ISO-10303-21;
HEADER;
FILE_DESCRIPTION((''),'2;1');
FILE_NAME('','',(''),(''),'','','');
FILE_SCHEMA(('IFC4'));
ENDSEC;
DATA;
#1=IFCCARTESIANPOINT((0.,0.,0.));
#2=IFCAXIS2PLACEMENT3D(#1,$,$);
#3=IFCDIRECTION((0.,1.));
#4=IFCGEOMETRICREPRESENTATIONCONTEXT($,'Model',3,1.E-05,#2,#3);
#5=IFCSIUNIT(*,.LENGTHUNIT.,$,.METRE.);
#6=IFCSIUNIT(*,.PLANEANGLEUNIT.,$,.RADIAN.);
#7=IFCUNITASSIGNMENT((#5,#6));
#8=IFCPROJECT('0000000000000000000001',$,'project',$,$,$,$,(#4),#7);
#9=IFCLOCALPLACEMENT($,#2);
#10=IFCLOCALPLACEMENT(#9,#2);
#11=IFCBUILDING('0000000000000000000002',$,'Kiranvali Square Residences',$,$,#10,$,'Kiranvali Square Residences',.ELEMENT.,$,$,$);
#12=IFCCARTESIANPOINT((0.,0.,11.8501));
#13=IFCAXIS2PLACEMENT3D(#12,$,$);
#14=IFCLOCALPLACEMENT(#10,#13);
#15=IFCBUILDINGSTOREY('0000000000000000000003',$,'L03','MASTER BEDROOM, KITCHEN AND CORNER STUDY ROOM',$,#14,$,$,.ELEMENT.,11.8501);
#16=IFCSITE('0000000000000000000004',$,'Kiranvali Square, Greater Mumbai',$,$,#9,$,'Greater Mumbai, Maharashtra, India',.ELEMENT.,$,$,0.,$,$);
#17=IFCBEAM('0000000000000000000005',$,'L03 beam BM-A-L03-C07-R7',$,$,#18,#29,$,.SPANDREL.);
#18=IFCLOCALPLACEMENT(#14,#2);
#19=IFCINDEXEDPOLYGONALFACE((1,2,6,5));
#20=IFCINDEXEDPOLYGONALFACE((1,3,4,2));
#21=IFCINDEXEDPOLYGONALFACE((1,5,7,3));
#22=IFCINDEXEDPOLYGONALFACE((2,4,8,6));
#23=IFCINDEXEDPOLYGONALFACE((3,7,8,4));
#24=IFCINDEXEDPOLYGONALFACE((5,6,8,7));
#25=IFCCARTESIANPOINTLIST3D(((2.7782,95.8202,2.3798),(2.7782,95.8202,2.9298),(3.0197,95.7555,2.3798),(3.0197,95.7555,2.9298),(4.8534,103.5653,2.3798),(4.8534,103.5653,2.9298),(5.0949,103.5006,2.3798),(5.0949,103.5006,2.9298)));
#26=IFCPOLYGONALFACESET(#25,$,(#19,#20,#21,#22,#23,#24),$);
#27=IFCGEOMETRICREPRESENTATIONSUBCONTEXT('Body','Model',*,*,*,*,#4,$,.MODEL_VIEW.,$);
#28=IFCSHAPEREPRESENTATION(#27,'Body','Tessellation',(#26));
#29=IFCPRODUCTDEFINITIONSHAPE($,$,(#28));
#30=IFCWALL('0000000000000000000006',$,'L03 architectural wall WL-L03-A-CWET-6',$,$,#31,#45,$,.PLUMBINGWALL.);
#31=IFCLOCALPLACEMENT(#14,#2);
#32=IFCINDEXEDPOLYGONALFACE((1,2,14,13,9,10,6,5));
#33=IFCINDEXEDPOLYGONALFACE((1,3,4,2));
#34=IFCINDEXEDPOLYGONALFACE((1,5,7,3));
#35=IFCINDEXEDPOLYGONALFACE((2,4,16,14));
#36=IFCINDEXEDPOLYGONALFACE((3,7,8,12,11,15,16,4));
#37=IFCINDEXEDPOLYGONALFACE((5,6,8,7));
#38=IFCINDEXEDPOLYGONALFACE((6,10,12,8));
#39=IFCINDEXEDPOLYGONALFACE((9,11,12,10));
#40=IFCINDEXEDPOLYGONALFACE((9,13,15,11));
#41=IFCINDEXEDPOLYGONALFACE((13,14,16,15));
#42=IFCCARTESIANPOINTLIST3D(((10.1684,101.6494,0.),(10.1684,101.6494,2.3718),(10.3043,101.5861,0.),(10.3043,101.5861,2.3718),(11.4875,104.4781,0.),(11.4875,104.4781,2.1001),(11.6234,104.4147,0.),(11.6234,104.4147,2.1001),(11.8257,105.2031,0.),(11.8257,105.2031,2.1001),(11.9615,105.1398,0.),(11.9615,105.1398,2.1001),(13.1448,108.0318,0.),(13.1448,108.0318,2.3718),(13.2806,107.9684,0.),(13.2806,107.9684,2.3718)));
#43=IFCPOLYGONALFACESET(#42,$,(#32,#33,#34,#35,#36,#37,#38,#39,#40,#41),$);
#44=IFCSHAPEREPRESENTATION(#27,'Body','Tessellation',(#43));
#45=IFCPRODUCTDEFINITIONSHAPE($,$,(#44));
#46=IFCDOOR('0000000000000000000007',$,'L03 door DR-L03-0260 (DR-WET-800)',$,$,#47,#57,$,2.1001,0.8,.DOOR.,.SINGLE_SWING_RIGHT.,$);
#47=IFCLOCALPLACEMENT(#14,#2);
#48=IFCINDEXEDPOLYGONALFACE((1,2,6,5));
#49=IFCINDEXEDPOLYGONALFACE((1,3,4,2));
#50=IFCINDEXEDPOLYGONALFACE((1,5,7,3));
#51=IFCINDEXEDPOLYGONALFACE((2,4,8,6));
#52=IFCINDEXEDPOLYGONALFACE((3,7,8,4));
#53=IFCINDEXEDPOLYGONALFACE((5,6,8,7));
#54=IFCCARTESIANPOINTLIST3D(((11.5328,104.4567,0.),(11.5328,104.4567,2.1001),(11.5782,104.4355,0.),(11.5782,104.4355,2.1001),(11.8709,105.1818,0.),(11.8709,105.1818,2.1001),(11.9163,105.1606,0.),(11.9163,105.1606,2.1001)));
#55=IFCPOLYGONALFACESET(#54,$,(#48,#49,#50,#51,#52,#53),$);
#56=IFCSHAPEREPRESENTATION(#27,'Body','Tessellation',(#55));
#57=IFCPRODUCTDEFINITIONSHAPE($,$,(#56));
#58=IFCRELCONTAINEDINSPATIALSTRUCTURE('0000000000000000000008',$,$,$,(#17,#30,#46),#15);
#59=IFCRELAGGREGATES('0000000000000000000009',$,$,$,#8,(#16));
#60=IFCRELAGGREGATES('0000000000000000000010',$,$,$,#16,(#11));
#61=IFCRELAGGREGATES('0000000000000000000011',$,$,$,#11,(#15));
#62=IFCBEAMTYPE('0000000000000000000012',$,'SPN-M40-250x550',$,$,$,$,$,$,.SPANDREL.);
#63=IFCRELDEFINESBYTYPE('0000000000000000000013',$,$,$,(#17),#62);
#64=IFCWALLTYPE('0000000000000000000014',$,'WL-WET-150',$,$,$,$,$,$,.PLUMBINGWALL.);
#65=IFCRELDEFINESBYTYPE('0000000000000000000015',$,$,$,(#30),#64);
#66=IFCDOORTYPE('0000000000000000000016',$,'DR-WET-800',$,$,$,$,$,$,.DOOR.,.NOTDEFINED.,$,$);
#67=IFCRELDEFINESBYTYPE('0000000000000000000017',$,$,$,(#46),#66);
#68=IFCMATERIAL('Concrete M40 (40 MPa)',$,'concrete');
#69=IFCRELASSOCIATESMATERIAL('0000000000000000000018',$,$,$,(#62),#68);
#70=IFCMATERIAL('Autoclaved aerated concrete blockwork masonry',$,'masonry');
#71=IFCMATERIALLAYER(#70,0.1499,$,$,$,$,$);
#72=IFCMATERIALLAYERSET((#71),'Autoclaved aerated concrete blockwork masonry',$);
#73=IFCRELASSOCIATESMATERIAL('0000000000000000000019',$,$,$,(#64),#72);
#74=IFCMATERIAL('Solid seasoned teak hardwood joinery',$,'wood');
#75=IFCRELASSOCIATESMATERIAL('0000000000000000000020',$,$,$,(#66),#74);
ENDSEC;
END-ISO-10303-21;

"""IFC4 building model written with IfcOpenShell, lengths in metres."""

from ifc_helpers import new_model, si_unit, direction, frame, frame_2d, origin, origin_2d, place, context, subcontext, project, spatial, rectangle, extrude, material, layer, layer_set, material_profile, profile_set, type_object, element, fill, save


model = new_model("IFC4")

# Units and contexts
model_context = context("Model", 3, precision=1e-05, world=origin(), true_north=direction((0.0, 1.0)))
body_context = subcontext(model_context, "Body", "Model", "MODEL_VIEW")
ifc_project = project(units=[si_unit("LENGTHUNIT", "METRE"), si_unit("PLANEANGLEUNIT", "RADIAN")], contexts=[model_context])

# Site, building, storey
site_placement = place(None, origin())
site = spatial("IfcSite", under=ifc_project, at=site_placement, Name="Kiranvali Square, Greater Mumbai", LongName="Greater Mumbai, Maharashtra, India", CompositionType="ELEMENT", RefElevation=0.0)
building_placement = place(site_placement, origin())
building = spatial("IfcBuilding", under=site, at=building_placement, Name="Kiranvali Square Residences", LongName="Kiranvali Square Residences", CompositionType="ELEMENT")
storey_placement = place(building_placement, frame((0.0, 0.0, 11.8501)))
storey = spatial("IfcBuildingStorey", under=building, at=storey_placement, Name="L03", Description="MASTER BEDROOM, KITCHEN AND CORNER STUDY ROOM", CompositionType="ELEMENT", Elevation=11.8501)

# Beam
ifc_material_1 = material(Name="Concrete M40 (40 MPa)", Category="concrete")
ifc_material_profile_1 = material_profile(ifc_material_1, rectangle(XDim=0.25, YDim=0.55, at=origin_2d()), Name="RC 250x550")
ifc_profile_set_1 = profile_set([ifc_material_profile_1], Name="Concrete M40 (40 MPa)")
beam_type_1 = type_object("IfcBeamType", Name="SPN-M40-250x550", PredefinedType="SPANDREL", material=ifc_profile_set_1)
beam_1_placement = place(storey_placement, frame((4.9741, 103.533, 2.6548), z_axis=(-0.258807, -0.965929, 0.0), x_axis=(0.965929, -0.258807, 0.0)))
element("IfcBeam", 1, at=beam_1_placement, inside=storey, type_object=beam_type_1, Name="L03 beam BM-A-L03-C07-R7", PredefinedType="SPANDREL", context=body_context, shape_type="SweptSolid", body=[
    extrude(rectangle(XDim=0.25, YDim=0.55, at=origin_2d()), origin(), (0.0, 0.0, 1.0), 8.0183),
])

# Wall, opening, door
ifc_material_2 = material(Name="Autoclaved aerated concrete blockwork masonry", Category="masonry")
ifc_layer_1 = layer(ifc_material_2, 0.1499)
ifc_layer_set_1 = layer_set([ifc_layer_1], Name="Autoclaved aerated concrete blockwork masonry")
wall_type_1 = type_object("IfcWallType", Name="WL-WET-150", PredefinedType="PLUMBINGWALL", material=ifc_layer_set_1)
wall_1_placement = place(storey_placement, frame((13.2126, 108.0, 0.0), z_axis=(0.0, 0.0, 1.0), x_axis=(-0.422641, -0.906297, 0.0)))
wall_1 = element("IfcWall", 2, at=wall_1_placement, inside=storey, type_object=wall_type_1, Name="L03 architectural wall WL-L03-A-CWET-6", PredefinedType="PLUMBINGWALL", context=body_context, shape_type="SweptSolid", body=[
    extrude(rectangle(XDim=7.0422, YDim=0.1499, at=frame_2d((3.521, 0.0))), origin(), (0.0, 0.0, 1.0), 2.3718),
])
opening_1_placement = place(wall_1_placement, frame((3.1211, 0.0, 0.0)))
opening_1 = element("IfcOpeningElement", 3, at=opening_1_placement, cuts=wall_1, PredefinedType="OPENING", context=body_context, shape_type="SweptSolid", body=[
    extrude(rectangle(XDim=0.8, YDim=2.1001, at=frame_2d((0.3999, 1.05))), frame((0.0, 0.085, 0.0), z_axis=(0.0, -1.0, 0.0), x_axis=(1.0, 0.0, 0.0)), (0.0, 0.0, 1.0), 0.1699),
])
ifc_material_3 = material(Name="Solid seasoned teak hardwood joinery", Category="wood")
door_type_1 = type_object("IfcDoorType", Name="DR-WET-800", OperationType="NOTDEFINED", PredefinedType="DOOR", material=ifc_material_3)
door_1_placement = place(opening_1_placement, frame((0.8, 0.0, 0.0), z_axis=(0.0, 0.0, 1.0), x_axis=(-1.0, 0.0, 0.0)))
door_1 = element("IfcDoor", 4, at=door_1_placement, inside=storey, type_object=door_type_1, Name="L03 door DR-L03-0260 (DR-WET-800)", OperationType="SINGLE_SWING_RIGHT", OverallHeight=2.1001, OverallWidth=0.8, PredefinedType="DOOR", context=body_context, shape_type="SweptSolid", body=[
    extrude(rectangle(XDim=0.8, YDim=2.1001, at=frame_2d((0.3999, 1.05))), frame((0.0, 0.0249, 0.0), z_axis=(0.0, -1.0, 0.0), x_axis=(1.0, 0.0, 0.0)), (0.0, 0.0, 1.0), 0.05),
])
fill(opening_1, door_1)

save(model, "model.ifc")
